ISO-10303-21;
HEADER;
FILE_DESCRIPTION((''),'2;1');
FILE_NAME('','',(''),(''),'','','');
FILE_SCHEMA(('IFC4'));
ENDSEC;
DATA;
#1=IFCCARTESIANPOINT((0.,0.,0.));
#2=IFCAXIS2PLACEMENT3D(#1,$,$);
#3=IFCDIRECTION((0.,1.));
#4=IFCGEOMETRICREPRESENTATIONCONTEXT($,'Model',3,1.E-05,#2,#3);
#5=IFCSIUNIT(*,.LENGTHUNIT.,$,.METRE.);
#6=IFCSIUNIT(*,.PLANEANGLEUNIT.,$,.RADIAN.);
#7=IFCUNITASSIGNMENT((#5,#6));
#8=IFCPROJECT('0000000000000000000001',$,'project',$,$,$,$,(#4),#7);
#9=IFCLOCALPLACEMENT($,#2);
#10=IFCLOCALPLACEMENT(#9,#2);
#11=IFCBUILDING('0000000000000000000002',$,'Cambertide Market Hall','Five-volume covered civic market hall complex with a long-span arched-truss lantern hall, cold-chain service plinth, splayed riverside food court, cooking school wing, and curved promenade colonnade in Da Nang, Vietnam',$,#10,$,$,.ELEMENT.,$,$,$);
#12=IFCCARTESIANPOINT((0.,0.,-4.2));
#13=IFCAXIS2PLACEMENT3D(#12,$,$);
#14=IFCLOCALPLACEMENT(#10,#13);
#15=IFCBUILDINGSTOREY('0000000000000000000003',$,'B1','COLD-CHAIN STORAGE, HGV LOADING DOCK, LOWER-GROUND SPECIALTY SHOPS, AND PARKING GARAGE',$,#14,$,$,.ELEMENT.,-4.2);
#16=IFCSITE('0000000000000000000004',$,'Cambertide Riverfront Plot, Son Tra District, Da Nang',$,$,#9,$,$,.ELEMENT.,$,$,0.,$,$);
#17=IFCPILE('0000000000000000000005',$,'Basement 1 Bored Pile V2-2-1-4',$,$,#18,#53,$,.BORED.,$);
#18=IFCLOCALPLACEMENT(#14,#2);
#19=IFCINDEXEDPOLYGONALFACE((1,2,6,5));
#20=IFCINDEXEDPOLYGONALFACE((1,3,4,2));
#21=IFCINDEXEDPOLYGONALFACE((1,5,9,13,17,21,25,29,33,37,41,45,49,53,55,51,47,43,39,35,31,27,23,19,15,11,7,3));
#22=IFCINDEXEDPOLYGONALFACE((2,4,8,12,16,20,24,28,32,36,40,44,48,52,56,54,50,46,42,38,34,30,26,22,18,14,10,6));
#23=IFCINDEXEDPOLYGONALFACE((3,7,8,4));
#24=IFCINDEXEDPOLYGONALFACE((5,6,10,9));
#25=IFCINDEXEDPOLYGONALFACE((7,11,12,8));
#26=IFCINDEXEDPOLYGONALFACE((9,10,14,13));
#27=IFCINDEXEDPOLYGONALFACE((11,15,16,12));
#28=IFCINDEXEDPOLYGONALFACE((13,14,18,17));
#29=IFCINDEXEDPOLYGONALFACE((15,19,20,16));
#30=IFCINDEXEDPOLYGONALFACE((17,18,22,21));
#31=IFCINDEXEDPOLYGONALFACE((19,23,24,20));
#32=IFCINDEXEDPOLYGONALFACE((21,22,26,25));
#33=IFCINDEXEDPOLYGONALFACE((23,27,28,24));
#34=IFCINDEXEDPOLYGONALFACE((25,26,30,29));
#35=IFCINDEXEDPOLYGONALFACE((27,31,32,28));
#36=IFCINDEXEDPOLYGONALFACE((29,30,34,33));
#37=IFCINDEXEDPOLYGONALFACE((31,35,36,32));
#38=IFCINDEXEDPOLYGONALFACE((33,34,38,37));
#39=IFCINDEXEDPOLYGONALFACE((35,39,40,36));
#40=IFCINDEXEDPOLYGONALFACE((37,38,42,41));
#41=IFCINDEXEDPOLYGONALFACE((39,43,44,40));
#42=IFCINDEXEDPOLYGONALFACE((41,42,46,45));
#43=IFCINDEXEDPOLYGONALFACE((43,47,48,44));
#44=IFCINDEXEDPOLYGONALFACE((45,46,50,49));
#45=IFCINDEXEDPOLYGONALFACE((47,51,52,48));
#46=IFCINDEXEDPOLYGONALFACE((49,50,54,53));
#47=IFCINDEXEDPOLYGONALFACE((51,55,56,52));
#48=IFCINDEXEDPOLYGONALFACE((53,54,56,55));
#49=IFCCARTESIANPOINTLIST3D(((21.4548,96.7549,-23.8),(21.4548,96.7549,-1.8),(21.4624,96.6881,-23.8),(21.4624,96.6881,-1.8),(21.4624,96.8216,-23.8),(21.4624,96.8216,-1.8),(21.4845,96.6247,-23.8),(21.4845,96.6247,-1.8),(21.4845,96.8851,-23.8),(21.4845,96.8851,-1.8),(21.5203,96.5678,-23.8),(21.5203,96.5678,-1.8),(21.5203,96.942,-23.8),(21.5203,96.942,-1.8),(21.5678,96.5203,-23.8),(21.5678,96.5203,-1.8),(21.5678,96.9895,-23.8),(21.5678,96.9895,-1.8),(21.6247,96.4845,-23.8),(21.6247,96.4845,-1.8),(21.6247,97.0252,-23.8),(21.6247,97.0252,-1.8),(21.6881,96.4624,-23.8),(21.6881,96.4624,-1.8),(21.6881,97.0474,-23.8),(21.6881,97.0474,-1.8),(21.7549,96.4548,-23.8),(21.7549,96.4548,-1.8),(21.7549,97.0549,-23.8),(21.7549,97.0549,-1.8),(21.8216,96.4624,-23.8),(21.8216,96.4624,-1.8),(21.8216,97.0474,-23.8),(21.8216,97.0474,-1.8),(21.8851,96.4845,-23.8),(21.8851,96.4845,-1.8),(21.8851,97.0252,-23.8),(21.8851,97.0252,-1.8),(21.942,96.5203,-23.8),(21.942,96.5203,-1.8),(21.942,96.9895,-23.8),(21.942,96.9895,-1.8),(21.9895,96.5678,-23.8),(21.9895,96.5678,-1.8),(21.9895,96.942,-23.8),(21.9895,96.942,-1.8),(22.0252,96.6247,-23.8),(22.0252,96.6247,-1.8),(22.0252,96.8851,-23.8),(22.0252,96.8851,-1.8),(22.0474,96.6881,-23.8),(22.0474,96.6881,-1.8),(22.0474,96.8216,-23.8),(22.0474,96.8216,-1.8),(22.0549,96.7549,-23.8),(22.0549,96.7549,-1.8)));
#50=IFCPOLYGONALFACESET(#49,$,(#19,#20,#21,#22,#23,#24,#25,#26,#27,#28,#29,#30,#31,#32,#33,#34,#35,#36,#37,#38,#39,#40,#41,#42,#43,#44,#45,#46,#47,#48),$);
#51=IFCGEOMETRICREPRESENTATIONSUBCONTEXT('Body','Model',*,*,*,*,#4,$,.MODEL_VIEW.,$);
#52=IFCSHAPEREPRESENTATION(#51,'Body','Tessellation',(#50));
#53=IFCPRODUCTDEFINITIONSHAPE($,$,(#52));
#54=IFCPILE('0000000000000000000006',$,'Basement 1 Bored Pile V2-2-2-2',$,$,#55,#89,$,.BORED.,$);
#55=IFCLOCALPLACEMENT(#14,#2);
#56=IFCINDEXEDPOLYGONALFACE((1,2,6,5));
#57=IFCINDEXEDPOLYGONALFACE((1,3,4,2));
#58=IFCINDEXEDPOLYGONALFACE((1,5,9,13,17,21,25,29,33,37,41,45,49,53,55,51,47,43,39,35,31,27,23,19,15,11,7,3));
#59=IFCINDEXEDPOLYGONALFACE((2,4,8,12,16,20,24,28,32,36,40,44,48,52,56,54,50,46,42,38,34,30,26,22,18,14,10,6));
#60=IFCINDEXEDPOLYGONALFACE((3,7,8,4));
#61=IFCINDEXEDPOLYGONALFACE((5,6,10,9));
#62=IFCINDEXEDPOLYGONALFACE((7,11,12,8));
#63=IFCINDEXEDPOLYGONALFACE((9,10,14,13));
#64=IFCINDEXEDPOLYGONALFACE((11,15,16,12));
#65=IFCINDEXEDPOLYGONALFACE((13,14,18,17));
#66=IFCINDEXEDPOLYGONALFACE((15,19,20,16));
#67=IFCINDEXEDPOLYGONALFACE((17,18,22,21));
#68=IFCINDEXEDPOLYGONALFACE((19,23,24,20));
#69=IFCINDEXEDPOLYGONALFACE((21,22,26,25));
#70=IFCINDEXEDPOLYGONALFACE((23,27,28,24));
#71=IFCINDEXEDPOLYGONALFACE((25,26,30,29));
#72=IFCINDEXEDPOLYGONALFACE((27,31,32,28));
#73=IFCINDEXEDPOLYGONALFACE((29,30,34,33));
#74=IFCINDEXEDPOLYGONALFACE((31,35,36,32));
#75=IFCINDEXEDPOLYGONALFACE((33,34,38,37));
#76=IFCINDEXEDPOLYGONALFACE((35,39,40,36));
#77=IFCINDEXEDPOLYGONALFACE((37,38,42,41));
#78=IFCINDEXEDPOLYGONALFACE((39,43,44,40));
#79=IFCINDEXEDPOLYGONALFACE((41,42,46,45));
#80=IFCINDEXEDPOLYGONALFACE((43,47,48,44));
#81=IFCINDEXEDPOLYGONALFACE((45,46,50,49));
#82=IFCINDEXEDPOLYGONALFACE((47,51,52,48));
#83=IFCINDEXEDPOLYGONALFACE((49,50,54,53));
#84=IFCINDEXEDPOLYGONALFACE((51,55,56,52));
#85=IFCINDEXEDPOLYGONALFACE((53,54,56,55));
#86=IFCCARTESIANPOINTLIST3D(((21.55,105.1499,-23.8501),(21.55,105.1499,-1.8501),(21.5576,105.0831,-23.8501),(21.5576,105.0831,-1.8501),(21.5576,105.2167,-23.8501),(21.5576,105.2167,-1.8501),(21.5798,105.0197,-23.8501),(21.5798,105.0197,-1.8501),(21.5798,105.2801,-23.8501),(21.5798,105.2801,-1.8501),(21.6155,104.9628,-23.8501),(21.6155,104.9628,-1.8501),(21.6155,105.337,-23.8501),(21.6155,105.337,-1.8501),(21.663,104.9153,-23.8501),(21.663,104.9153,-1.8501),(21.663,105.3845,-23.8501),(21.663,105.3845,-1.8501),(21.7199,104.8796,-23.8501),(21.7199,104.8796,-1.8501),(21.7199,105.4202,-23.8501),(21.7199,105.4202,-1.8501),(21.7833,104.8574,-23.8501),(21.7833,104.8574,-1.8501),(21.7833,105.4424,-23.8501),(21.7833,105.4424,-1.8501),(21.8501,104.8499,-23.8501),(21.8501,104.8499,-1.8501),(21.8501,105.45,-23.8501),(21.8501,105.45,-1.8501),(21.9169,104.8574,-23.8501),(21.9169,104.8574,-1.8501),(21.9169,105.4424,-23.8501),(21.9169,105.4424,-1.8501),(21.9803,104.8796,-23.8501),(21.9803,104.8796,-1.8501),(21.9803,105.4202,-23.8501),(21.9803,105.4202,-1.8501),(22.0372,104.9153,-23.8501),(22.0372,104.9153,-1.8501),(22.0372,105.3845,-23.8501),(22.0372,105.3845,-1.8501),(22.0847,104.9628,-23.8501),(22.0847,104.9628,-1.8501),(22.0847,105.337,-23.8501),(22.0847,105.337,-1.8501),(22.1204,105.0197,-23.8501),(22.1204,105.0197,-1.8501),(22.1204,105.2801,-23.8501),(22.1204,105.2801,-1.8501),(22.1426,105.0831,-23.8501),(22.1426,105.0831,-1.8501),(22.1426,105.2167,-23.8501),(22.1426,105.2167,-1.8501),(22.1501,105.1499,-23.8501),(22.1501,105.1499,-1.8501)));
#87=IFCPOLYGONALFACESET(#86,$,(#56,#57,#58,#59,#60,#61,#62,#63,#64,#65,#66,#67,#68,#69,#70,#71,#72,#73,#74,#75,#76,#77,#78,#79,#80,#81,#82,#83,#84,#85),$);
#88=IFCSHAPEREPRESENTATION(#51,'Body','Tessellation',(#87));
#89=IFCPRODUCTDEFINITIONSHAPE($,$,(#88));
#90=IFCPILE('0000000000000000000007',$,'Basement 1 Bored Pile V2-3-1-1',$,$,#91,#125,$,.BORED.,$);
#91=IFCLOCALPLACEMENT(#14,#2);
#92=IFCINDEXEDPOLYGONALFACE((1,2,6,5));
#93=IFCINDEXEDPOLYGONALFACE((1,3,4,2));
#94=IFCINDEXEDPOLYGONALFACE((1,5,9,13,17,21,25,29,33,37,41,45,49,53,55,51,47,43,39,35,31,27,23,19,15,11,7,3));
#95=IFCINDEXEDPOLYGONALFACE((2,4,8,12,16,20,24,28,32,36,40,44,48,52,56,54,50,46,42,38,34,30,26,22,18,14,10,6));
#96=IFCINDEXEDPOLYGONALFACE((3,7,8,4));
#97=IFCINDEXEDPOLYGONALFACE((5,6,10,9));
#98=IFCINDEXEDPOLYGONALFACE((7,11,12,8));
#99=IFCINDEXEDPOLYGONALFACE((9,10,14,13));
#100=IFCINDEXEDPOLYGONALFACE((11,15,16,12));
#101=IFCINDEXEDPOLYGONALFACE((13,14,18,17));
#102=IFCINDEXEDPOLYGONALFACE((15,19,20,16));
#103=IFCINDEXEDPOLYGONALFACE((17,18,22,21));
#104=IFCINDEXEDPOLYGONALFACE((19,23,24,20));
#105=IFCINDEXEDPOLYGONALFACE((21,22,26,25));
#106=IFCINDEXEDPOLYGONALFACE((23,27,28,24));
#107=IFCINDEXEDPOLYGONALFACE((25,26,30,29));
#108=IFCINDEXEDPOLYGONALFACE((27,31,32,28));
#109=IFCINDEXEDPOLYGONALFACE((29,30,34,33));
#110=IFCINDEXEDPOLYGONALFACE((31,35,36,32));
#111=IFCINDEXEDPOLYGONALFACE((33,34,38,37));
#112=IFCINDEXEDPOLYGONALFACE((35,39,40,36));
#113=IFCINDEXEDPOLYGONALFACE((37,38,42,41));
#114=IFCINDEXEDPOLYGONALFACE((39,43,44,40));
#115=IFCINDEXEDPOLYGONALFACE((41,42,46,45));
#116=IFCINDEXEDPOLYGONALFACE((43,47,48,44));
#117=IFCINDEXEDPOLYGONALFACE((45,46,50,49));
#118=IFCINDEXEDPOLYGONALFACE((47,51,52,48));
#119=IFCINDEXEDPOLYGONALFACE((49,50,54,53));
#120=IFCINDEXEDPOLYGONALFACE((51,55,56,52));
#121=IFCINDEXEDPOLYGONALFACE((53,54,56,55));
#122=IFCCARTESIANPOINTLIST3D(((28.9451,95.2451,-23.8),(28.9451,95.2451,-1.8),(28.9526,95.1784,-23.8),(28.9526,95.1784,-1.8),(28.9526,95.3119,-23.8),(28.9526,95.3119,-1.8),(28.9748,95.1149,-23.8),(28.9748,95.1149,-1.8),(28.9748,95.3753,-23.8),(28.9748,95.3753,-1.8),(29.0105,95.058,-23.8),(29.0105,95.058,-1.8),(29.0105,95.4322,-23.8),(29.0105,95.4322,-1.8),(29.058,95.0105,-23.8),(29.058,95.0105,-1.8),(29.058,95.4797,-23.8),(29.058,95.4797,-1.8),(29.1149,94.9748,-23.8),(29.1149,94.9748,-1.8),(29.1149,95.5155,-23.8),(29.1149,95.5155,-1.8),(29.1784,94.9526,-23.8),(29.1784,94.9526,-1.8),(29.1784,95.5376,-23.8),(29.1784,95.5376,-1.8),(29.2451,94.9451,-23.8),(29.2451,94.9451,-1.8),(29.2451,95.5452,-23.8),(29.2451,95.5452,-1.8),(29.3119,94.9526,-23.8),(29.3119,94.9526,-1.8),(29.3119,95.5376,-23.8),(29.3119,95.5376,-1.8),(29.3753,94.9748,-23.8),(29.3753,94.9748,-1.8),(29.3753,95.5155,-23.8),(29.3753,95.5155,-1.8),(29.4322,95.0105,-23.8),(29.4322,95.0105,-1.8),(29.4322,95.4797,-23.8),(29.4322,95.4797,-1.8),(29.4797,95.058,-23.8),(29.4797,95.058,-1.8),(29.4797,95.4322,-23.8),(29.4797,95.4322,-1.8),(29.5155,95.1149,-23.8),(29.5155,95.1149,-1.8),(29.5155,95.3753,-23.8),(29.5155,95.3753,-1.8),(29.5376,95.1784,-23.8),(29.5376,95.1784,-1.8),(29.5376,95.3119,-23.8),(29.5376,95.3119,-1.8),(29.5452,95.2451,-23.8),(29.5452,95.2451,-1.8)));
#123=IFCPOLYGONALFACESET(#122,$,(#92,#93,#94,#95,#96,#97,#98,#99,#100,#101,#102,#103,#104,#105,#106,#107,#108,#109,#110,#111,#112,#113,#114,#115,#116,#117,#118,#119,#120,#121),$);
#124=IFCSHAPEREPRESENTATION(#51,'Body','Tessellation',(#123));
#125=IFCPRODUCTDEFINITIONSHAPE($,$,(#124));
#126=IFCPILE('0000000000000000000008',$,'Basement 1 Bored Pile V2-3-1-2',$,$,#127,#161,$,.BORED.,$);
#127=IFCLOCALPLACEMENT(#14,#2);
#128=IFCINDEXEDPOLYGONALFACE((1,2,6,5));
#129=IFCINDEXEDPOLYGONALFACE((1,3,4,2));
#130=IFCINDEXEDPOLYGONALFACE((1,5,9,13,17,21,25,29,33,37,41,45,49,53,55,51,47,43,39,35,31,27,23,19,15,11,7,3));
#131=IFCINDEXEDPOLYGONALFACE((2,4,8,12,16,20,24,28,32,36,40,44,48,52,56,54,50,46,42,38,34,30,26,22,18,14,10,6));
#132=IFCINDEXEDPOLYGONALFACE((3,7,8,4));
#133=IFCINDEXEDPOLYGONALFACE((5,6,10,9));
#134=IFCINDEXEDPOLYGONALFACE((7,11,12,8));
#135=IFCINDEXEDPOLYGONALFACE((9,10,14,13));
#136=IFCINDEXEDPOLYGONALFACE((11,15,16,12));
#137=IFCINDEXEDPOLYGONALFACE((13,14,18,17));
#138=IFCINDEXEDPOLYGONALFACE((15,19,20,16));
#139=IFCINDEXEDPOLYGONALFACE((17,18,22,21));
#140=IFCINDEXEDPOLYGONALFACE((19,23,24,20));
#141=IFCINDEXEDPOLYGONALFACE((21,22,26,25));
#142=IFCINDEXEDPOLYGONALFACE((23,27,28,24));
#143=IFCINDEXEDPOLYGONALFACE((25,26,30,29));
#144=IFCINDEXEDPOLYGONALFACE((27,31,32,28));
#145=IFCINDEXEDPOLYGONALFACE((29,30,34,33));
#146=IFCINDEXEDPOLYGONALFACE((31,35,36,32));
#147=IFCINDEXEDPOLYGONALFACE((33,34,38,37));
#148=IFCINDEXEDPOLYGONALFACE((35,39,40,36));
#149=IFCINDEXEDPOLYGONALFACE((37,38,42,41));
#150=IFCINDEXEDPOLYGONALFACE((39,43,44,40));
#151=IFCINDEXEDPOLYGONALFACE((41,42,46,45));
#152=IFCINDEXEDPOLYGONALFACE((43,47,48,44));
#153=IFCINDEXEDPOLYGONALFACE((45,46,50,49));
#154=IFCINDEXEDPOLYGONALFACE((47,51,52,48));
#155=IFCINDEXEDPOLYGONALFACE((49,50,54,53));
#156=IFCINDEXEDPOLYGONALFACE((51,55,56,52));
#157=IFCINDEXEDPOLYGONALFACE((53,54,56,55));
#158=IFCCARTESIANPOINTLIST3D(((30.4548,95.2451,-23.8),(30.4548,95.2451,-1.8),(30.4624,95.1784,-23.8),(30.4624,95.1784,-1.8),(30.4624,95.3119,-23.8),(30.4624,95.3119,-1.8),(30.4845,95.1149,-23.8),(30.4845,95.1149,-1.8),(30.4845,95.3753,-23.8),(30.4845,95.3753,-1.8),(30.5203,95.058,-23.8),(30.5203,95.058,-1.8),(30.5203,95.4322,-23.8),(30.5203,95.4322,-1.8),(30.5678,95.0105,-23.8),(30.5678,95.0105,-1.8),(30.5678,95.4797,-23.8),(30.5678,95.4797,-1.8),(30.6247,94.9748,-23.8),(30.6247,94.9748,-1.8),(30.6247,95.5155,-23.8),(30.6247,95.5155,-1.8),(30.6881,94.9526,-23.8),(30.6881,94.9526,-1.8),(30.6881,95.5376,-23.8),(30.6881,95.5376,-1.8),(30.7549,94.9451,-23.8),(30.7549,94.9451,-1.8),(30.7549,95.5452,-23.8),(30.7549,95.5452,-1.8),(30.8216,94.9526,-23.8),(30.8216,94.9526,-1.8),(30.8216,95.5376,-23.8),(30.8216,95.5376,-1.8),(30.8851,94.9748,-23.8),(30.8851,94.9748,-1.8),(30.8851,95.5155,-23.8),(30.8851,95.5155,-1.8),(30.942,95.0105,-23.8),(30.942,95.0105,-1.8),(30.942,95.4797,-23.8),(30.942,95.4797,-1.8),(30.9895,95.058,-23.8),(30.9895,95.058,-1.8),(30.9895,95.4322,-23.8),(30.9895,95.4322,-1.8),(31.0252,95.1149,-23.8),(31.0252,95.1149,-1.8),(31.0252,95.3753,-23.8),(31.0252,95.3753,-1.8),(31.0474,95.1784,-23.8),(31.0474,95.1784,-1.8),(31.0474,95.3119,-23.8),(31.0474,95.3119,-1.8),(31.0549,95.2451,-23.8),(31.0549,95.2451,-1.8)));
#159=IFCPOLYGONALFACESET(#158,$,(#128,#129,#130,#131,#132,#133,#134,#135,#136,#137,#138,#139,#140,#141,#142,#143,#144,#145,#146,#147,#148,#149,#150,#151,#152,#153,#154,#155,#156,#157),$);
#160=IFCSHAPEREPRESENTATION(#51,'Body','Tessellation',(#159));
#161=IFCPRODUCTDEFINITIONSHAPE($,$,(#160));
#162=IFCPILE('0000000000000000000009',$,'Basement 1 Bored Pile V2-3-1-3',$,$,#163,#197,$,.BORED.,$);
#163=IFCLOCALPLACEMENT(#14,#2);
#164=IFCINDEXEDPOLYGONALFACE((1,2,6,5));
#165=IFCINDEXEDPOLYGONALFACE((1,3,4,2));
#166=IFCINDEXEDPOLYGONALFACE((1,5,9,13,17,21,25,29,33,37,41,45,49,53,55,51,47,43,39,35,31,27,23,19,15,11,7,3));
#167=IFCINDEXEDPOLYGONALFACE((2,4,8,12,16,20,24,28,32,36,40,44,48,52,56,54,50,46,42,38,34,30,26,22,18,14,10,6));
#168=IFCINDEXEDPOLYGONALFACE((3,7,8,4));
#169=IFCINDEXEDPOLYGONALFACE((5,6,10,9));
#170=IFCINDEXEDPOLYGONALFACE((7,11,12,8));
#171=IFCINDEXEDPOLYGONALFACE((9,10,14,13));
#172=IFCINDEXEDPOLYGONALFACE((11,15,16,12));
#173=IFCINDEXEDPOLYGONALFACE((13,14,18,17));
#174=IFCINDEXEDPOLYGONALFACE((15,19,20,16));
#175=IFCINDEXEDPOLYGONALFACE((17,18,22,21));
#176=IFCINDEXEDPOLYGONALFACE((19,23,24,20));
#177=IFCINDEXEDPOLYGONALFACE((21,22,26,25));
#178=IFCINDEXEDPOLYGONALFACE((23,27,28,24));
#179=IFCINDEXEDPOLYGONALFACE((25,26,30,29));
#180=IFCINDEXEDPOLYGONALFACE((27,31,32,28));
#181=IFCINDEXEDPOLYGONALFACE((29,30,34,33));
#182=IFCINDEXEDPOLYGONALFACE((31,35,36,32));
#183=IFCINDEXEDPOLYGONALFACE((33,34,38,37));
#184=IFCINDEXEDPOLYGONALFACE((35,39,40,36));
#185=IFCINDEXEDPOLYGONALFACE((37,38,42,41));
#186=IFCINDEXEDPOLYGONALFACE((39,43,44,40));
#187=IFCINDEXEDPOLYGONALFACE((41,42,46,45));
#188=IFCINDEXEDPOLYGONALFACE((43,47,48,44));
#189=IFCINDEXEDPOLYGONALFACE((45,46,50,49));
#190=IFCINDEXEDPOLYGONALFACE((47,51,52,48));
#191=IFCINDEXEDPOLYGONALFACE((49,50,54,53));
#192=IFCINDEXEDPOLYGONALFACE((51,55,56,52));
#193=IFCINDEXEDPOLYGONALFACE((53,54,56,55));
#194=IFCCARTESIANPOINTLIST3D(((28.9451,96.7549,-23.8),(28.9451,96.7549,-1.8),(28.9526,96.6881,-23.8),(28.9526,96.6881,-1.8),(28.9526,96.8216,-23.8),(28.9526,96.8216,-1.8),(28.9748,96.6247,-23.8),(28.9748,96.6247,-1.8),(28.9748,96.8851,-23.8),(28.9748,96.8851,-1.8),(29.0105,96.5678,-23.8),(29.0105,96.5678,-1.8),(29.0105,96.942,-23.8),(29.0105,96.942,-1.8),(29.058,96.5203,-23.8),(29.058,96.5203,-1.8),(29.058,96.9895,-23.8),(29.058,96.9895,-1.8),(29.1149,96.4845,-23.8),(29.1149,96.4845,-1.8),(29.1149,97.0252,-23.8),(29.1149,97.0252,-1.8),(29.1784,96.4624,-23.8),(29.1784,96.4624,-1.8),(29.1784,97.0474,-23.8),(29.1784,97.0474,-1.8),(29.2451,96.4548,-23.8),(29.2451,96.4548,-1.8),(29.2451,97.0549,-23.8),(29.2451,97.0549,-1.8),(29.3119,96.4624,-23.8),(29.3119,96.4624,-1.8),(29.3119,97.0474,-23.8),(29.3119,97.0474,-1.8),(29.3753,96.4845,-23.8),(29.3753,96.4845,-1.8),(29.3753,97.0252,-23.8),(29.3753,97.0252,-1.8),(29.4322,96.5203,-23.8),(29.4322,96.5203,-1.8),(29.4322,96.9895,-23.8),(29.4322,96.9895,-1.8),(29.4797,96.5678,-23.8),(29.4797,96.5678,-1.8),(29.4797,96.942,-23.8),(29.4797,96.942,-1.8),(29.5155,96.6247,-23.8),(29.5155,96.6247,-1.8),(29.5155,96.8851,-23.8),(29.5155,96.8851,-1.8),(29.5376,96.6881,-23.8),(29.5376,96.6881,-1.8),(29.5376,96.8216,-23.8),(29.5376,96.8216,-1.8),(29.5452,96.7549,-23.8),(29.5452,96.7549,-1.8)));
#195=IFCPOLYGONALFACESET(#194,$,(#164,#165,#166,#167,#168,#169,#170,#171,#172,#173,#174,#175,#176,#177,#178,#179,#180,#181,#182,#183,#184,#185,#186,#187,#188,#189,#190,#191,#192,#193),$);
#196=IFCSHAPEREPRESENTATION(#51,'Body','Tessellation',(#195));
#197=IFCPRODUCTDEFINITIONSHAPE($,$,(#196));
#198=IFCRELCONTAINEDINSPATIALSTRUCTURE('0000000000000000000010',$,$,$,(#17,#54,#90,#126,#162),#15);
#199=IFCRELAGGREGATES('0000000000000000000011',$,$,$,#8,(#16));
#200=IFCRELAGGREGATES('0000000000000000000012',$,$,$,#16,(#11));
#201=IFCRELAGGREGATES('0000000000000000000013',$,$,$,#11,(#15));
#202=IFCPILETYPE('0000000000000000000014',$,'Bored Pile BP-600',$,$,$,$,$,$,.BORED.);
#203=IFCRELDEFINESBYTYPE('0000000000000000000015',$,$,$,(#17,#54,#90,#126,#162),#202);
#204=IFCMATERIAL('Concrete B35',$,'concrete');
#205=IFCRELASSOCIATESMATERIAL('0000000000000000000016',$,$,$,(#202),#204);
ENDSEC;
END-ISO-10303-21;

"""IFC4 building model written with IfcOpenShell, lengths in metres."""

from ifc_helpers import new_model, si_unit, direction, frame, origin, origin_2d, place, context, subcontext, project, spatial, circle, extrude, material, material_profile, profile_set, type_object, element, save


model = new_model("IFC4")

# Units and contexts
model_context = context("Model", 3, precision=1e-05, world=origin(), true_north=direction((0.0, 1.0)))
body_context = subcontext(model_context, "Body", "Model", "MODEL_VIEW")
ifc_project = project(units=[si_unit("LENGTHUNIT", "METRE"), si_unit("PLANEANGLEUNIT", "RADIAN")], contexts=[model_context])

# Site, building, storey
site_placement = place(None, origin())
site = spatial("IfcSite", under=ifc_project, at=site_placement, Name="Cambertide Riverfront Plot, Son Tra District, Da Nang", CompositionType="ELEMENT", RefElevation=0.0)
building_placement = place(site_placement, origin())
building = spatial("IfcBuilding", under=site, at=building_placement, Name="Cambertide Market Hall", Description="Five-volume covered civic market hall complex with a long-span arched-truss lantern hall, cold-chain service plinth, splayed riverside food court, cooking school wing, and curved promenade colonnade in Da Nang, Vietnam", CompositionType="ELEMENT")
storey_placement = place(building_placement, frame((0.0, 0.0, -4.2)))
storey = spatial("IfcBuildingStorey", under=building, at=storey_placement, Name="B1", Description="COLD-CHAIN STORAGE, HGV LOADING DOCK, LOWER-GROUND SPECIALTY SHOPS, AND PARKING GARAGE", CompositionType="ELEMENT", Elevation=-4.2)

# Piles
ifc_material_1 = material(Name="Concrete B35", Category="concrete")
ifc_material_profile_1 = material_profile(ifc_material_1, circle(Radius=0.3, at=origin_2d()), Name="BP D600")
ifc_profile_set_1 = profile_set([ifc_material_profile_1], Name="Concrete B35")
pile_type = type_object("IfcPileType", Name="Bored Pile BP-600", PredefinedType="BORED", material=ifc_profile_set_1)
for number, where, z_axis, x_axis, name in (
    (1, (21.7549, 96.7549, -1.8), (0.0, 0.0, -1.0), (1.0, 0.0, 0.0), "Basement 1 Bored Pile V2-2-1-4"),
    (2, (21.8501, 105.1499, -1.8501), (0.0, 0.0, -1.0), (1.0, 0.0, 0.0), "Basement 1 Bored Pile V2-2-2-2"),
    (3, (29.2451, 95.2451, -1.8), (0.0, 0.0, -1.0), (1.0, 0.0, 0.0), "Basement 1 Bored Pile V2-3-1-1"),
    (4, (30.7549, 95.2451, -1.8), (0.0, 0.0, -1.0), (1.0, 0.0, 0.0), "Basement 1 Bored Pile V2-3-1-2"),
    (5, (29.2451, 96.7549, -1.8), (0.0, 0.0, -1.0), (1.0, 0.0, 0.0), "Basement 1 Bored Pile V2-3-1-3"),
):
    element("IfcPile", number, at=place(storey_placement, frame(where, z_axis=z_axis, x_axis=x_axis)), inside=storey, type_object=pile_type, Name=name, PredefinedType="BORED", context=body_context, shape_type="SweptSolid", body=[
        extrude(circle(Radius=0.3, at=origin_2d()), origin(), (0.0, 0.0, 1.0), 22.0),
    ])

save(model, "model.ifc")
